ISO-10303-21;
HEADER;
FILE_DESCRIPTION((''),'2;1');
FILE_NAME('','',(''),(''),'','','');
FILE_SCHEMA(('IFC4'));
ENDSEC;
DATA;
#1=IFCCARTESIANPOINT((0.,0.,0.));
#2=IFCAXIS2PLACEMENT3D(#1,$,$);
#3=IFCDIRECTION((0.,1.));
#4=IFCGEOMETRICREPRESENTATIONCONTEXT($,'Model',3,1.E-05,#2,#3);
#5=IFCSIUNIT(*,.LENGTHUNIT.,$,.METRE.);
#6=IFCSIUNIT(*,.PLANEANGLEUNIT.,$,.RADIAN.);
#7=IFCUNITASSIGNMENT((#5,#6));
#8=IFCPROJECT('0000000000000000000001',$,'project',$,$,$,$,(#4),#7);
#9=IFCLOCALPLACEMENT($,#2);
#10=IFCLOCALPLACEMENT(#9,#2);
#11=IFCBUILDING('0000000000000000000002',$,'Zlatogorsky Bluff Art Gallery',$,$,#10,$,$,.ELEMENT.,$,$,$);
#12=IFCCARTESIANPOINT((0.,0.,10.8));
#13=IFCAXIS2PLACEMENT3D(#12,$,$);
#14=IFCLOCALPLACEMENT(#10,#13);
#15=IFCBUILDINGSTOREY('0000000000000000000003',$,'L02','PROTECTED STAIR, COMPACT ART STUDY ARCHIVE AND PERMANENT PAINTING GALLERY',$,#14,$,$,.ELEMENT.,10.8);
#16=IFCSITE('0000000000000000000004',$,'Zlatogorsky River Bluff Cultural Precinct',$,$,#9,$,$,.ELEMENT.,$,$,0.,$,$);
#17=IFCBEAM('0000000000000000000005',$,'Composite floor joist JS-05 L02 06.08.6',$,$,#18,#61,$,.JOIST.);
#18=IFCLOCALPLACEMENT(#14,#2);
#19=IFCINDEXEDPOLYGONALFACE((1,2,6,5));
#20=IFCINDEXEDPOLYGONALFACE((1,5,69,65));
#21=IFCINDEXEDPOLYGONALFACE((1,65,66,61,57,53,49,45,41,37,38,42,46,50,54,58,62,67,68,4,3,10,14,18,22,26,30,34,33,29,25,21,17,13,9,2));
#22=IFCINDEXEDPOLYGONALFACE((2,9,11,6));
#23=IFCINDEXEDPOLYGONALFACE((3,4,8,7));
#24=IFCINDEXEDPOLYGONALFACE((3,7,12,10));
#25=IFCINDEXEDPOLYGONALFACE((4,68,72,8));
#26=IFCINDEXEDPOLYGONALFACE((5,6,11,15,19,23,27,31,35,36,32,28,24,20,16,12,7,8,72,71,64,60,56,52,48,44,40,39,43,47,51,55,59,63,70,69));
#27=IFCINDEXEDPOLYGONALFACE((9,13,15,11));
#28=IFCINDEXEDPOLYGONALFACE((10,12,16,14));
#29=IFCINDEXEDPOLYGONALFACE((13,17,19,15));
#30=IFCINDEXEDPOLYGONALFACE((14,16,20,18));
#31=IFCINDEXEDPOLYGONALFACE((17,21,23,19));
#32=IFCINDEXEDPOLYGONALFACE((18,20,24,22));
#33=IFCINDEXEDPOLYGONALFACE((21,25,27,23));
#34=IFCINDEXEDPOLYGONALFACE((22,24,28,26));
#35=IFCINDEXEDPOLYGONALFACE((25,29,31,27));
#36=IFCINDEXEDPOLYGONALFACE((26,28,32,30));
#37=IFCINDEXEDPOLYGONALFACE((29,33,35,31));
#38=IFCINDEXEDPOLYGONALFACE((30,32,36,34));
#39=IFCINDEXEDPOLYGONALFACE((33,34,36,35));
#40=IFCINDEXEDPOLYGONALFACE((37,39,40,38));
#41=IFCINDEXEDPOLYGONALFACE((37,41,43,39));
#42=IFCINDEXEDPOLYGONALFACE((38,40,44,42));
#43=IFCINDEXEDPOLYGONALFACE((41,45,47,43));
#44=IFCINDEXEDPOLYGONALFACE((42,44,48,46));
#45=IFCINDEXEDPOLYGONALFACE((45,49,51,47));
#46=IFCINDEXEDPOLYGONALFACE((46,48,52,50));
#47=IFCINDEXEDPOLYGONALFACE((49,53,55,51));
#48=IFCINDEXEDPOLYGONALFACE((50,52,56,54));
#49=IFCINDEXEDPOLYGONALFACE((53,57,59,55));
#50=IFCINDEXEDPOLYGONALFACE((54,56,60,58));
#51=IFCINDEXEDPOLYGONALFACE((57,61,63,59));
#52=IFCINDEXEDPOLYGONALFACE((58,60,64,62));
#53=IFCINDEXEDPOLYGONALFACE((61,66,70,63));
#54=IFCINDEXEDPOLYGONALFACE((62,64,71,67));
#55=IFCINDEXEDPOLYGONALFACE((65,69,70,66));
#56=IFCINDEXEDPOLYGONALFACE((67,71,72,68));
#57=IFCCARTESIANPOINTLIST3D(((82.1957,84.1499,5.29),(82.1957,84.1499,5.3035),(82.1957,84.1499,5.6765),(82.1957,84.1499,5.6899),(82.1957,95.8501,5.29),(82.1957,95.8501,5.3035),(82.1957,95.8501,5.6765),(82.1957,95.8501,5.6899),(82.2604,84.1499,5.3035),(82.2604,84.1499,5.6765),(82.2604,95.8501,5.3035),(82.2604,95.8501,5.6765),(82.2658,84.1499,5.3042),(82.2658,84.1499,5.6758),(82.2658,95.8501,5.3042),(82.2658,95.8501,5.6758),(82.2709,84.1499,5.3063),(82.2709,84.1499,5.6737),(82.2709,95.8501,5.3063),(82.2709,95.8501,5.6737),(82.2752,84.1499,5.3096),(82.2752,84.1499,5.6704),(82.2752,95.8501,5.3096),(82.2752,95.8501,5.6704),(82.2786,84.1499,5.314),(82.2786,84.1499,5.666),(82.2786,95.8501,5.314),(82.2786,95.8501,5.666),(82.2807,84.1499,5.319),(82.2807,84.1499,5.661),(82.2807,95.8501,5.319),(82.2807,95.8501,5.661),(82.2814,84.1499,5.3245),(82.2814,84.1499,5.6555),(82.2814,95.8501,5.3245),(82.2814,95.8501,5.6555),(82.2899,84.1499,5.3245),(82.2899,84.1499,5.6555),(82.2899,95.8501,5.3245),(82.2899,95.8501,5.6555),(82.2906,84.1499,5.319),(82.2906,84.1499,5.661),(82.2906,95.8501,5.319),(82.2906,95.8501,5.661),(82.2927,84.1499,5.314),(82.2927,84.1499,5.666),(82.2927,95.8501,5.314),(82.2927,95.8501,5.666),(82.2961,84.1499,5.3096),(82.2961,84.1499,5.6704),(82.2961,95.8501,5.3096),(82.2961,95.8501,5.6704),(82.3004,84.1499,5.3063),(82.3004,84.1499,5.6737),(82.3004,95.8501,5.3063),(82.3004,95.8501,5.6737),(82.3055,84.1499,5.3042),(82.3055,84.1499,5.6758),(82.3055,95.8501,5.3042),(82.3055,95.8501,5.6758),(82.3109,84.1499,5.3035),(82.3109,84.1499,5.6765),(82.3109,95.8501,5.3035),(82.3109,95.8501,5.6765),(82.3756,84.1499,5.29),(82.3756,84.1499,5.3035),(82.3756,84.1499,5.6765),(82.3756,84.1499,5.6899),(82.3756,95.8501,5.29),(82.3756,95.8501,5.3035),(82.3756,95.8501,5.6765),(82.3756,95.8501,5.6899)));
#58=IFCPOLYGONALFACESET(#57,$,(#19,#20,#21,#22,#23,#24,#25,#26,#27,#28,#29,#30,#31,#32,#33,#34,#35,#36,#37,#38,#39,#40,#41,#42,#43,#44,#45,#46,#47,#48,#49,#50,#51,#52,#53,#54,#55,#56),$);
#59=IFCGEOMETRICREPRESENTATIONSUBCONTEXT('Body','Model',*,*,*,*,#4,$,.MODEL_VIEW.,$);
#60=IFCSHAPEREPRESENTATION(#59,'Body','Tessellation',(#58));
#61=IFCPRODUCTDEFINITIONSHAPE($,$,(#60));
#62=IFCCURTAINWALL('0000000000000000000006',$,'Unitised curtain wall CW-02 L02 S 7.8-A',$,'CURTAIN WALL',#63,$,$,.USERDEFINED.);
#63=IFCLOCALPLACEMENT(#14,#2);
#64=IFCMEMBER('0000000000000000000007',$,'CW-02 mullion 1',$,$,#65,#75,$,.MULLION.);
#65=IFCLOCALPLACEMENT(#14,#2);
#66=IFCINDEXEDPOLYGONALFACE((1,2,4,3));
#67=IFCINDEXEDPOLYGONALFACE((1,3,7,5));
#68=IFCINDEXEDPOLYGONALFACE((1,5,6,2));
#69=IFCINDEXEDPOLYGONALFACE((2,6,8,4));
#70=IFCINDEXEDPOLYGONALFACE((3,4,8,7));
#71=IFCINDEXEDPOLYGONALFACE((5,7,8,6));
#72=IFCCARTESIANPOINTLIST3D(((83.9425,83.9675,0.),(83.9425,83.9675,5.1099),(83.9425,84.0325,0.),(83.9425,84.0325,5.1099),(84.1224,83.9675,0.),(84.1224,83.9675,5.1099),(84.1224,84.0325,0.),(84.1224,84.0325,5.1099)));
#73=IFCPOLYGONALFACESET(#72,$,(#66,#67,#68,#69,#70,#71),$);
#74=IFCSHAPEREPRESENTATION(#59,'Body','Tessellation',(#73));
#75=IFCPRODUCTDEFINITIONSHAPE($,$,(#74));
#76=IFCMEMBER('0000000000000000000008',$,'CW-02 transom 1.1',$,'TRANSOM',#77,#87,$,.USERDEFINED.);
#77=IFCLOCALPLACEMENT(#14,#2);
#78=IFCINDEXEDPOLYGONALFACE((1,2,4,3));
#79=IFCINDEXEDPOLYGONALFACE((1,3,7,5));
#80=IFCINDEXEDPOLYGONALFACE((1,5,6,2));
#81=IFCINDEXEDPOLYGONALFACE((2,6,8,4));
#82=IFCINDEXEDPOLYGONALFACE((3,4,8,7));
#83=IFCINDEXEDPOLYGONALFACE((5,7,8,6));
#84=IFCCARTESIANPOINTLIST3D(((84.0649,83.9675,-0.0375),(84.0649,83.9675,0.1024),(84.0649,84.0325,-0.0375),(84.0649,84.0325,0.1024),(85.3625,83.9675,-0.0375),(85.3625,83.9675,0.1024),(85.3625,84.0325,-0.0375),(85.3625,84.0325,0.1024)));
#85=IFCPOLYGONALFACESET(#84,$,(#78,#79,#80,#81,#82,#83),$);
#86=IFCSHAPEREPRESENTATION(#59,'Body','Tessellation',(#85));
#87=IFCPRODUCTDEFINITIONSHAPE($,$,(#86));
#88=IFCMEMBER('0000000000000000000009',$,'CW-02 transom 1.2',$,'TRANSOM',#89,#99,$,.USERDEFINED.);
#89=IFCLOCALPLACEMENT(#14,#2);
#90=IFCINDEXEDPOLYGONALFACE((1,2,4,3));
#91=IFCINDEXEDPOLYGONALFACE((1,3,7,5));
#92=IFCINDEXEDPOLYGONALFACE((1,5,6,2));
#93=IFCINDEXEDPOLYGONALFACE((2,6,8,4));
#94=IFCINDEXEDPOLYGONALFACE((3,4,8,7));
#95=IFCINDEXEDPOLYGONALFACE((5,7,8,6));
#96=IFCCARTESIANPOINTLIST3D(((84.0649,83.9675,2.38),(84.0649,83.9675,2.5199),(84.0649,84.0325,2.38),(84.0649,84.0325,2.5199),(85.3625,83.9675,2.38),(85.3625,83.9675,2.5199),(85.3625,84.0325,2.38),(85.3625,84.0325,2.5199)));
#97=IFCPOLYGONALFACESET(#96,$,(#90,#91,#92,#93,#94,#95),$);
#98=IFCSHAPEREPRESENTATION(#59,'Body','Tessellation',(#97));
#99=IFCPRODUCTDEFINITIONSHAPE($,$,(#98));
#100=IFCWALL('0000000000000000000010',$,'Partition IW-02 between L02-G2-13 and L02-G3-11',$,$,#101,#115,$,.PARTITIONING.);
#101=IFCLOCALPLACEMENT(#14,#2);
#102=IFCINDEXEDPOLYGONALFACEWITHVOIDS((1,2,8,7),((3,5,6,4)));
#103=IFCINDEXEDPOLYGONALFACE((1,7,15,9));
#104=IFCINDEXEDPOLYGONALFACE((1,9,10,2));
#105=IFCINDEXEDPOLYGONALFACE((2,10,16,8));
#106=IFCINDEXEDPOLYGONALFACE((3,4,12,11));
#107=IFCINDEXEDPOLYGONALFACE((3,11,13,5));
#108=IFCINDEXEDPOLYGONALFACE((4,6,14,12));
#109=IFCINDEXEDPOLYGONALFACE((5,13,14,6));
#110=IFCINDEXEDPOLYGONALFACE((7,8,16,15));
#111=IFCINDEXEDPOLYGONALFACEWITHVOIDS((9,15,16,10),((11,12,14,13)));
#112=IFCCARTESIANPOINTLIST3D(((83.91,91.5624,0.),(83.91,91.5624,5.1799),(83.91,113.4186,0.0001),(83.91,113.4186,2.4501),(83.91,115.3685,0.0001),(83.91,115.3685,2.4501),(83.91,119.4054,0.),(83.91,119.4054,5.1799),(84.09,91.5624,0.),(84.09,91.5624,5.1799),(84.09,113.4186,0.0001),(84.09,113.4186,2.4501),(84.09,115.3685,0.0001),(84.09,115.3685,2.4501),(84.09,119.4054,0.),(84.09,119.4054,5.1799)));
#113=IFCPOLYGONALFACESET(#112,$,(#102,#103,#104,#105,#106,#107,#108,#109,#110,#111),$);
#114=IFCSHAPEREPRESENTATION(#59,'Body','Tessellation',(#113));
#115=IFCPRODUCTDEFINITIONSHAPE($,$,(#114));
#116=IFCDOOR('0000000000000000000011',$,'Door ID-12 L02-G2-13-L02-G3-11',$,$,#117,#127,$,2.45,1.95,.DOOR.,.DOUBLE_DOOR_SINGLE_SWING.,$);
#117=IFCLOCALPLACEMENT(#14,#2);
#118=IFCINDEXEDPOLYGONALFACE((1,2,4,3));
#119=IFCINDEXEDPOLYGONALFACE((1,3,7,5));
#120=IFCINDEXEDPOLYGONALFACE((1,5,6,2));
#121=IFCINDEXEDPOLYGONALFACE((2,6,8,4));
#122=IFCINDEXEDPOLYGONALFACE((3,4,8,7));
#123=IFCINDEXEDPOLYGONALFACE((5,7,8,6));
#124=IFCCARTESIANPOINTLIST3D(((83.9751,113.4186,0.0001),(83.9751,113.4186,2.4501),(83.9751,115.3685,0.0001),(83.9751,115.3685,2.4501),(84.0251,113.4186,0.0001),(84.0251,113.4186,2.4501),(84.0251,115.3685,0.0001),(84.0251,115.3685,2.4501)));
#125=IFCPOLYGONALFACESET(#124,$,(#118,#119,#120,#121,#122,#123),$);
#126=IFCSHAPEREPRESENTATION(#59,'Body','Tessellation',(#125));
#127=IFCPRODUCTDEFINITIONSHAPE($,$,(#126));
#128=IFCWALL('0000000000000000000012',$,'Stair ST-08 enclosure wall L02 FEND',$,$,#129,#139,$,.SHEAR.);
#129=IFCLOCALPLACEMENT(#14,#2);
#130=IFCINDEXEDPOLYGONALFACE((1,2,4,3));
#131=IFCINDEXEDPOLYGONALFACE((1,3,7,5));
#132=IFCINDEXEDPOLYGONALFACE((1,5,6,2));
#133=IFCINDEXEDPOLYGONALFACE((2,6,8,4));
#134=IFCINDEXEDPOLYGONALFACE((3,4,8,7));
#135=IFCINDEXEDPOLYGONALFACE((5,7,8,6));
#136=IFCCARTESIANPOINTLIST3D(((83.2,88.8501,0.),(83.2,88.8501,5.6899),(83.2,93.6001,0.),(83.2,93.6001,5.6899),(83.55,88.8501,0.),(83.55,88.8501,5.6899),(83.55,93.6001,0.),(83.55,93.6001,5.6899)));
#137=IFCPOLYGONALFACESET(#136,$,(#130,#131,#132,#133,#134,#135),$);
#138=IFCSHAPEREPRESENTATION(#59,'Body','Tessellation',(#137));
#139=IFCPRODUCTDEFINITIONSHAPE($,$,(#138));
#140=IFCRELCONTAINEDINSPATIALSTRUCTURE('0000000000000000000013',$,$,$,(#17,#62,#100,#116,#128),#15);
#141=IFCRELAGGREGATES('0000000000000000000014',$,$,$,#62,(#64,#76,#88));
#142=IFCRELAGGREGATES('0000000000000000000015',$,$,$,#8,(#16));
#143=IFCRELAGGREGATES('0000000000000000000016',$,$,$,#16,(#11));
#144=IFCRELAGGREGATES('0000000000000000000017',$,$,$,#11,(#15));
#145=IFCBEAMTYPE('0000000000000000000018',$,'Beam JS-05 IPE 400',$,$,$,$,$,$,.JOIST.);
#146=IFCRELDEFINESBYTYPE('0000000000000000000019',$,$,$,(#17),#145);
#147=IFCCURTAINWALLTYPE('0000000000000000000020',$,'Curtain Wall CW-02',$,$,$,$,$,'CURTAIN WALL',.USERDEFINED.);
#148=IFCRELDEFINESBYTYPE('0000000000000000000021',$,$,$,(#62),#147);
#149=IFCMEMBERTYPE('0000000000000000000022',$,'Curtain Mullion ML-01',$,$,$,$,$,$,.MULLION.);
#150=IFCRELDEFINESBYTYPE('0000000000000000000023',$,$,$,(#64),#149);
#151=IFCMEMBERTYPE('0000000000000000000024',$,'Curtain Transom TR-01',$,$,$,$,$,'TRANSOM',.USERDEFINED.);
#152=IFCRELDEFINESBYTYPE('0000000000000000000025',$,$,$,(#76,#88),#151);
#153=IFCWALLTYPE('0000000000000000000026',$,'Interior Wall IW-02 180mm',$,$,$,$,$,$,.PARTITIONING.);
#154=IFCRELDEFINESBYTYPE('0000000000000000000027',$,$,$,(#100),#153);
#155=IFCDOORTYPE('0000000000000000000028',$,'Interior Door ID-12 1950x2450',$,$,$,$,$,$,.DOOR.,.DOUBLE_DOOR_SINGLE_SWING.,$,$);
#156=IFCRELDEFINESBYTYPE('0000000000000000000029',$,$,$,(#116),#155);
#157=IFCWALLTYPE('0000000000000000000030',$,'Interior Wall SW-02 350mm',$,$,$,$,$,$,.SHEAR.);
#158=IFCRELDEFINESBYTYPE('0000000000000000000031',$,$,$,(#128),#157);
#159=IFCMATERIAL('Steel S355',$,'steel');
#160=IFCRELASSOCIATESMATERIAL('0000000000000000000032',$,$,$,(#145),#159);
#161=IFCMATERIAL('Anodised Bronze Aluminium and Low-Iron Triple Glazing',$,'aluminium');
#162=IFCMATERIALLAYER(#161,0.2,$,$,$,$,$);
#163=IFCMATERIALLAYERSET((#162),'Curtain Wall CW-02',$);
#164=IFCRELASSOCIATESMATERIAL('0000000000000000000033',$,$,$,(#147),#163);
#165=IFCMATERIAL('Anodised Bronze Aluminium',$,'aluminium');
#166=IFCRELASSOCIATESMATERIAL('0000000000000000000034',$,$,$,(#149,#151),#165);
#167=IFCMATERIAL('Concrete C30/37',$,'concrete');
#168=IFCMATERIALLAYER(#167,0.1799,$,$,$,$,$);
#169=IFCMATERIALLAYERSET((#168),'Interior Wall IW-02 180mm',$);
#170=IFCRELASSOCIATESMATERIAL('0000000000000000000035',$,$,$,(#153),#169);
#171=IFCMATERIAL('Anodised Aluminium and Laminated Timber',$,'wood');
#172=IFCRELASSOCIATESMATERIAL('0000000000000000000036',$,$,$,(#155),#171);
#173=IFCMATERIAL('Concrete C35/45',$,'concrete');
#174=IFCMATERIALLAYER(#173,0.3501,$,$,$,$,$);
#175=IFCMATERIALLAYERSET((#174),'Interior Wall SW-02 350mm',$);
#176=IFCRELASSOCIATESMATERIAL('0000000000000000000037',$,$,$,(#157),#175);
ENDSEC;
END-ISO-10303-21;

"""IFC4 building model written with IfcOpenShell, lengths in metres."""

from ifc_helpers import new_model, si_unit, direction, frame, frame_2d, origin, origin_2d, place, context, subcontext, project, spatial, rectangle, i_section, extrude, material, layer, layer_set, material_profile, profile_set, type_object, element, fill, aggregate, save


model = new_model("IFC4")

# Units and contexts
model_context = context("Model", 3, precision=1e-05, world=origin(), true_north=direction((0.0, 1.0)))
body_context = subcontext(model_context, "Body", "Model", "MODEL_VIEW")
ifc_project = project(units=[si_unit("LENGTHUNIT", "METRE"), si_unit("PLANEANGLEUNIT", "RADIAN")], contexts=[model_context])

# Site, building, storey
site_placement = place(None, origin())
site = spatial("IfcSite", under=ifc_project, at=site_placement, Name="Zlatogorsky River Bluff Cultural Precinct", CompositionType="ELEMENT", RefElevation=0.0)
building_placement = place(site_placement, origin())
building = spatial("IfcBuilding", under=site, at=building_placement, Name="Zlatogorsky Bluff Art Gallery", CompositionType="ELEMENT")
storey_placement = place(building_placement, frame((0.0, 0.0, 10.8)))
storey = spatial("IfcBuildingStorey", under=building, at=storey_placement, Name="L02", Description="PROTECTED STAIR, COMPACT ART STUDY ARCHIVE AND PERMANENT PAINTING GALLERY", CompositionType="ELEMENT", Elevation=10.8)

# Shared definitions
ifc_material_1 = material(Name="Steel S355", Category="steel")

# Beam
ifc_material_profile_1 = material_profile(ifc_material_1, i_section(OverallWidth=0.1799, OverallDepth=0.3999, WebThickness=0.0085, FlangeThickness=0.0134, FilletRadius=0.021, at=origin_2d()), Name="IPE 400")
ifc_profile_set_1 = profile_set([ifc_material_profile_1], Name="Steel S355")
beam_type_1 = type_object("IfcBeamType", Name="Beam JS-05 IPE 400", PredefinedType="JOIST", material=ifc_profile_set_1)
for number, where, z_axis, x_axis, name in (
    (1, (82.2856, 84.1499, 5.49), (0.0, 1.0, 0.0), (-1.0, 0.0, 0.0), "Composite floor joist JS-05 L02 06.08.6"),
):
    element("IfcBeam", number, at=place(storey_placement, frame(where, z_axis=z_axis, x_axis=x_axis)), inside=storey, type_object=beam_type_1, Name=name, PredefinedType="JOIST", context=body_context, shape_type="SweptSolid", body=[
        extrude(i_section(OverallWidth=0.1799, OverallDepth=0.3999, WebThickness=0.0085, FlangeThickness=0.0134, FilletRadius=0.021, at=origin_2d()), origin(), (0.0, 0.0, 1.0), 11.7002),
    ])

# Curtain wall, members
ifc_material_2 = material(Name="Anodised Bronze Aluminium and Low-Iron Triple Glazing", Category="aluminium")
ifc_layer_1 = layer(ifc_material_2, 0.2)
ifc_layer_set_1 = layer_set([ifc_layer_1], Name="Curtain Wall CW-02")
curtain_wall_type = type_object("IfcCurtainWallType", Name="Curtain Wall CW-02", ElementType="CURTAIN WALL", PredefinedType="USERDEFINED", material=ifc_layer_set_1)
curtain_wall_placement = place(storey_placement, origin())
curtain_wall = element("IfcCurtainWall", 2, at=curtain_wall_placement, inside=storey, type_object=curtain_wall_type, Name="Unitised curtain wall CW-02 L02 S 7.8-A", ObjectType="CURTAIN WALL", PredefinedType="USERDEFINED")
ifc_material_3 = material(Name="Anodised Bronze Aluminium", Category="aluminium")
ifc_material_profile_2 = material_profile(ifc_material_3, rectangle(XDim=0.0649, YDim=0.1799, at=origin_2d()), Name="ALU MULLION 65x180")
ifc_profile_set_2 = profile_set([ifc_material_profile_2], Name="Anodised Bronze Aluminium")
member_type_1 = type_object("IfcMemberType", Name="Curtain Mullion ML-01", PredefinedType="MULLION", material=ifc_profile_set_2)
member_1_placement = place(storey_placement, frame((84.0325, 84.0, 0.0), z_axis=(0.0, 0.0, 1.0), x_axis=(0.0, 1.0, 0.0)))
member_1 = element("IfcMember", 3, at=member_1_placement, type_object=member_type_1, Name="CW-02 mullion 1", PredefinedType="MULLION", context=body_context, shape_type="SweptSolid", body=[
    extrude(rectangle(XDim=0.0649, YDim=0.1799, at=origin_2d()), origin(), (0.0, 0.0, 1.0), 5.1099),
])
ifc_material_profile_3 = material_profile(ifc_material_3, rectangle(XDim=0.0649, YDim=0.1399, at=origin_2d()), Name="ALU TRANSOM 65x140")
ifc_profile_set_3 = profile_set([ifc_material_profile_3], Name="Anodised Bronze Aluminium")
member_type_2 = type_object("IfcMemberType", Name="Curtain Transom TR-01", ElementType="TRANSOM", PredefinedType="USERDEFINED", material=ifc_profile_set_3)
member_2_placement = place(storey_placement, frame((84.0649, 84.0, 0.0325), z_axis=(1.0, 0.0, 0.0), x_axis=(0.0, 1.0, 0.0)))
member_2 = element("IfcMember", 4, at=member_2_placement, type_object=member_type_2, Name="CW-02 transom 1.1", ObjectType="TRANSOM", PredefinedType="USERDEFINED", context=body_context, shape_type="SweptSolid", body=[
    extrude(rectangle(XDim=0.0649, YDim=0.1399, at=origin_2d()), origin(), (0.0, 0.0, 1.0), 1.2976),
])
member_3_placement = place(storey_placement, frame((84.0649, 84.0, 2.45), z_axis=(1.0, 0.0, 0.0), x_axis=(0.0, 1.0, 0.0)))
member_3 = element("IfcMember", 5, at=member_3_placement, type_object=member_type_2, Name="CW-02 transom 1.2", ObjectType="TRANSOM", PredefinedType="USERDEFINED", context=body_context, shape_type="SweptSolid", body=[
    extrude(rectangle(XDim=0.0649, YDim=0.1399, at=origin_2d()), origin(), (0.0, 0.0, 1.0), 1.2976),
])
aggregate(curtain_wall, [member_1, member_2, member_3])

# Wall, opening, door
ifc_material_4 = material(Name="Concrete C30/37", Category="concrete")
ifc_layer_2 = layer(ifc_material_4, 0.1799)
ifc_layer_set_2 = layer_set([ifc_layer_2], Name="Interior Wall IW-02 180mm")
wall_type_1 = type_object("IfcWallType", Name="Interior Wall IW-02 180mm", PredefinedType="PARTITIONING", material=ifc_layer_set_2)
wall_1_placement = place(storey_placement, frame((84.0, 91.5625, 0.0), z_axis=(0.0, 0.0, 1.0), x_axis=(0.0, 1.0, 0.0)))
wall_1 = element("IfcWall", 6, at=wall_1_placement, inside=storey, type_object=wall_type_1, Name="Partition IW-02 between L02-G2-13 and L02-G3-11", PredefinedType="PARTITIONING", context=body_context, shape_type="SweptSolid", body=[
    extrude(rectangle(XDim=27.843, YDim=0.1799, at=frame_2d((13.9214, 0.0))), origin(), (0.0, 0.0, 1.0), 5.1799),
])
opening_placement = place(wall_1_placement, frame((21.856, 0.0, 0.0)))
opening = element("IfcOpeningElement", 7, at=opening_placement, cuts=wall_1, PredefinedType="OPENING", context=body_context, shape_type="SweptSolid", body=[
    extrude(rectangle(XDim=1.95, YDim=2.45, at=frame_2d((0.9751, 1.2251))), frame((0.0, 0.0999, 0.0), z_axis=(0.0, -1.0, 0.0), x_axis=(1.0, 0.0, 0.0)), (0.0, 0.0, 1.0), 0.2),
])
ifc_material_5 = material(Name="Anodised Aluminium and Laminated Timber", Category="wood")
door_type = type_object("IfcDoorType", Name="Interior Door ID-12 1950x2450", OperationType="DOUBLE_DOOR_SINGLE_SWING", PredefinedType="DOOR", material=ifc_material_5)
door_placement = place(opening_placement, origin())
door = element("IfcDoor", 8, at=door_placement, inside=storey, type_object=door_type, Name="Door ID-12 L02-G2-13-L02-G3-11", OperationType="DOUBLE_DOOR_SINGLE_SWING", OverallHeight=2.45, OverallWidth=1.95, PredefinedType="DOOR", context=body_context, shape_type="SweptSolid", body=[
    extrude(rectangle(XDim=1.95, YDim=2.45, at=frame_2d((0.9751, 1.2251))), frame((0.0, 0.0249, 0.0), z_axis=(0.0, -1.0, 0.0), x_axis=(1.0, 0.0, 0.0)), (0.0, 0.0, 1.0), 0.05),
])
fill(opening, door)

# Wall
ifc_material_6 = material(Name="Concrete C35/45", Category="concrete")
ifc_layer_3 = layer(ifc_material_6, 0.3501)
ifc_layer_set_3 = layer_set([ifc_layer_3], Name="Interior Wall SW-02 350mm")
wall_type_2 = type_object("IfcWallType", Name="Interior Wall SW-02 350mm", PredefinedType="SHEAR", material=ifc_layer_set_3)
wall_2_placement = place(storey_placement, frame((83.375, 88.8501, 0.0), z_axis=(0.0, 0.0, 1.0), x_axis=(0.0, 1.0, 0.0)))
element("IfcWall", 9, at=wall_2_placement, inside=storey, type_object=wall_type_2, Name="Stair ST-08 enclosure wall L02 FEND", PredefinedType="SHEAR", context=body_context, shape_type="SweptSolid", body=[
    extrude(rectangle(XDim=4.75, YDim=0.3501, at=frame_2d((2.375, 0.0))), origin(), (0.0, 0.0, 1.0), 5.6899),
])

save(model, "model.ifc")
